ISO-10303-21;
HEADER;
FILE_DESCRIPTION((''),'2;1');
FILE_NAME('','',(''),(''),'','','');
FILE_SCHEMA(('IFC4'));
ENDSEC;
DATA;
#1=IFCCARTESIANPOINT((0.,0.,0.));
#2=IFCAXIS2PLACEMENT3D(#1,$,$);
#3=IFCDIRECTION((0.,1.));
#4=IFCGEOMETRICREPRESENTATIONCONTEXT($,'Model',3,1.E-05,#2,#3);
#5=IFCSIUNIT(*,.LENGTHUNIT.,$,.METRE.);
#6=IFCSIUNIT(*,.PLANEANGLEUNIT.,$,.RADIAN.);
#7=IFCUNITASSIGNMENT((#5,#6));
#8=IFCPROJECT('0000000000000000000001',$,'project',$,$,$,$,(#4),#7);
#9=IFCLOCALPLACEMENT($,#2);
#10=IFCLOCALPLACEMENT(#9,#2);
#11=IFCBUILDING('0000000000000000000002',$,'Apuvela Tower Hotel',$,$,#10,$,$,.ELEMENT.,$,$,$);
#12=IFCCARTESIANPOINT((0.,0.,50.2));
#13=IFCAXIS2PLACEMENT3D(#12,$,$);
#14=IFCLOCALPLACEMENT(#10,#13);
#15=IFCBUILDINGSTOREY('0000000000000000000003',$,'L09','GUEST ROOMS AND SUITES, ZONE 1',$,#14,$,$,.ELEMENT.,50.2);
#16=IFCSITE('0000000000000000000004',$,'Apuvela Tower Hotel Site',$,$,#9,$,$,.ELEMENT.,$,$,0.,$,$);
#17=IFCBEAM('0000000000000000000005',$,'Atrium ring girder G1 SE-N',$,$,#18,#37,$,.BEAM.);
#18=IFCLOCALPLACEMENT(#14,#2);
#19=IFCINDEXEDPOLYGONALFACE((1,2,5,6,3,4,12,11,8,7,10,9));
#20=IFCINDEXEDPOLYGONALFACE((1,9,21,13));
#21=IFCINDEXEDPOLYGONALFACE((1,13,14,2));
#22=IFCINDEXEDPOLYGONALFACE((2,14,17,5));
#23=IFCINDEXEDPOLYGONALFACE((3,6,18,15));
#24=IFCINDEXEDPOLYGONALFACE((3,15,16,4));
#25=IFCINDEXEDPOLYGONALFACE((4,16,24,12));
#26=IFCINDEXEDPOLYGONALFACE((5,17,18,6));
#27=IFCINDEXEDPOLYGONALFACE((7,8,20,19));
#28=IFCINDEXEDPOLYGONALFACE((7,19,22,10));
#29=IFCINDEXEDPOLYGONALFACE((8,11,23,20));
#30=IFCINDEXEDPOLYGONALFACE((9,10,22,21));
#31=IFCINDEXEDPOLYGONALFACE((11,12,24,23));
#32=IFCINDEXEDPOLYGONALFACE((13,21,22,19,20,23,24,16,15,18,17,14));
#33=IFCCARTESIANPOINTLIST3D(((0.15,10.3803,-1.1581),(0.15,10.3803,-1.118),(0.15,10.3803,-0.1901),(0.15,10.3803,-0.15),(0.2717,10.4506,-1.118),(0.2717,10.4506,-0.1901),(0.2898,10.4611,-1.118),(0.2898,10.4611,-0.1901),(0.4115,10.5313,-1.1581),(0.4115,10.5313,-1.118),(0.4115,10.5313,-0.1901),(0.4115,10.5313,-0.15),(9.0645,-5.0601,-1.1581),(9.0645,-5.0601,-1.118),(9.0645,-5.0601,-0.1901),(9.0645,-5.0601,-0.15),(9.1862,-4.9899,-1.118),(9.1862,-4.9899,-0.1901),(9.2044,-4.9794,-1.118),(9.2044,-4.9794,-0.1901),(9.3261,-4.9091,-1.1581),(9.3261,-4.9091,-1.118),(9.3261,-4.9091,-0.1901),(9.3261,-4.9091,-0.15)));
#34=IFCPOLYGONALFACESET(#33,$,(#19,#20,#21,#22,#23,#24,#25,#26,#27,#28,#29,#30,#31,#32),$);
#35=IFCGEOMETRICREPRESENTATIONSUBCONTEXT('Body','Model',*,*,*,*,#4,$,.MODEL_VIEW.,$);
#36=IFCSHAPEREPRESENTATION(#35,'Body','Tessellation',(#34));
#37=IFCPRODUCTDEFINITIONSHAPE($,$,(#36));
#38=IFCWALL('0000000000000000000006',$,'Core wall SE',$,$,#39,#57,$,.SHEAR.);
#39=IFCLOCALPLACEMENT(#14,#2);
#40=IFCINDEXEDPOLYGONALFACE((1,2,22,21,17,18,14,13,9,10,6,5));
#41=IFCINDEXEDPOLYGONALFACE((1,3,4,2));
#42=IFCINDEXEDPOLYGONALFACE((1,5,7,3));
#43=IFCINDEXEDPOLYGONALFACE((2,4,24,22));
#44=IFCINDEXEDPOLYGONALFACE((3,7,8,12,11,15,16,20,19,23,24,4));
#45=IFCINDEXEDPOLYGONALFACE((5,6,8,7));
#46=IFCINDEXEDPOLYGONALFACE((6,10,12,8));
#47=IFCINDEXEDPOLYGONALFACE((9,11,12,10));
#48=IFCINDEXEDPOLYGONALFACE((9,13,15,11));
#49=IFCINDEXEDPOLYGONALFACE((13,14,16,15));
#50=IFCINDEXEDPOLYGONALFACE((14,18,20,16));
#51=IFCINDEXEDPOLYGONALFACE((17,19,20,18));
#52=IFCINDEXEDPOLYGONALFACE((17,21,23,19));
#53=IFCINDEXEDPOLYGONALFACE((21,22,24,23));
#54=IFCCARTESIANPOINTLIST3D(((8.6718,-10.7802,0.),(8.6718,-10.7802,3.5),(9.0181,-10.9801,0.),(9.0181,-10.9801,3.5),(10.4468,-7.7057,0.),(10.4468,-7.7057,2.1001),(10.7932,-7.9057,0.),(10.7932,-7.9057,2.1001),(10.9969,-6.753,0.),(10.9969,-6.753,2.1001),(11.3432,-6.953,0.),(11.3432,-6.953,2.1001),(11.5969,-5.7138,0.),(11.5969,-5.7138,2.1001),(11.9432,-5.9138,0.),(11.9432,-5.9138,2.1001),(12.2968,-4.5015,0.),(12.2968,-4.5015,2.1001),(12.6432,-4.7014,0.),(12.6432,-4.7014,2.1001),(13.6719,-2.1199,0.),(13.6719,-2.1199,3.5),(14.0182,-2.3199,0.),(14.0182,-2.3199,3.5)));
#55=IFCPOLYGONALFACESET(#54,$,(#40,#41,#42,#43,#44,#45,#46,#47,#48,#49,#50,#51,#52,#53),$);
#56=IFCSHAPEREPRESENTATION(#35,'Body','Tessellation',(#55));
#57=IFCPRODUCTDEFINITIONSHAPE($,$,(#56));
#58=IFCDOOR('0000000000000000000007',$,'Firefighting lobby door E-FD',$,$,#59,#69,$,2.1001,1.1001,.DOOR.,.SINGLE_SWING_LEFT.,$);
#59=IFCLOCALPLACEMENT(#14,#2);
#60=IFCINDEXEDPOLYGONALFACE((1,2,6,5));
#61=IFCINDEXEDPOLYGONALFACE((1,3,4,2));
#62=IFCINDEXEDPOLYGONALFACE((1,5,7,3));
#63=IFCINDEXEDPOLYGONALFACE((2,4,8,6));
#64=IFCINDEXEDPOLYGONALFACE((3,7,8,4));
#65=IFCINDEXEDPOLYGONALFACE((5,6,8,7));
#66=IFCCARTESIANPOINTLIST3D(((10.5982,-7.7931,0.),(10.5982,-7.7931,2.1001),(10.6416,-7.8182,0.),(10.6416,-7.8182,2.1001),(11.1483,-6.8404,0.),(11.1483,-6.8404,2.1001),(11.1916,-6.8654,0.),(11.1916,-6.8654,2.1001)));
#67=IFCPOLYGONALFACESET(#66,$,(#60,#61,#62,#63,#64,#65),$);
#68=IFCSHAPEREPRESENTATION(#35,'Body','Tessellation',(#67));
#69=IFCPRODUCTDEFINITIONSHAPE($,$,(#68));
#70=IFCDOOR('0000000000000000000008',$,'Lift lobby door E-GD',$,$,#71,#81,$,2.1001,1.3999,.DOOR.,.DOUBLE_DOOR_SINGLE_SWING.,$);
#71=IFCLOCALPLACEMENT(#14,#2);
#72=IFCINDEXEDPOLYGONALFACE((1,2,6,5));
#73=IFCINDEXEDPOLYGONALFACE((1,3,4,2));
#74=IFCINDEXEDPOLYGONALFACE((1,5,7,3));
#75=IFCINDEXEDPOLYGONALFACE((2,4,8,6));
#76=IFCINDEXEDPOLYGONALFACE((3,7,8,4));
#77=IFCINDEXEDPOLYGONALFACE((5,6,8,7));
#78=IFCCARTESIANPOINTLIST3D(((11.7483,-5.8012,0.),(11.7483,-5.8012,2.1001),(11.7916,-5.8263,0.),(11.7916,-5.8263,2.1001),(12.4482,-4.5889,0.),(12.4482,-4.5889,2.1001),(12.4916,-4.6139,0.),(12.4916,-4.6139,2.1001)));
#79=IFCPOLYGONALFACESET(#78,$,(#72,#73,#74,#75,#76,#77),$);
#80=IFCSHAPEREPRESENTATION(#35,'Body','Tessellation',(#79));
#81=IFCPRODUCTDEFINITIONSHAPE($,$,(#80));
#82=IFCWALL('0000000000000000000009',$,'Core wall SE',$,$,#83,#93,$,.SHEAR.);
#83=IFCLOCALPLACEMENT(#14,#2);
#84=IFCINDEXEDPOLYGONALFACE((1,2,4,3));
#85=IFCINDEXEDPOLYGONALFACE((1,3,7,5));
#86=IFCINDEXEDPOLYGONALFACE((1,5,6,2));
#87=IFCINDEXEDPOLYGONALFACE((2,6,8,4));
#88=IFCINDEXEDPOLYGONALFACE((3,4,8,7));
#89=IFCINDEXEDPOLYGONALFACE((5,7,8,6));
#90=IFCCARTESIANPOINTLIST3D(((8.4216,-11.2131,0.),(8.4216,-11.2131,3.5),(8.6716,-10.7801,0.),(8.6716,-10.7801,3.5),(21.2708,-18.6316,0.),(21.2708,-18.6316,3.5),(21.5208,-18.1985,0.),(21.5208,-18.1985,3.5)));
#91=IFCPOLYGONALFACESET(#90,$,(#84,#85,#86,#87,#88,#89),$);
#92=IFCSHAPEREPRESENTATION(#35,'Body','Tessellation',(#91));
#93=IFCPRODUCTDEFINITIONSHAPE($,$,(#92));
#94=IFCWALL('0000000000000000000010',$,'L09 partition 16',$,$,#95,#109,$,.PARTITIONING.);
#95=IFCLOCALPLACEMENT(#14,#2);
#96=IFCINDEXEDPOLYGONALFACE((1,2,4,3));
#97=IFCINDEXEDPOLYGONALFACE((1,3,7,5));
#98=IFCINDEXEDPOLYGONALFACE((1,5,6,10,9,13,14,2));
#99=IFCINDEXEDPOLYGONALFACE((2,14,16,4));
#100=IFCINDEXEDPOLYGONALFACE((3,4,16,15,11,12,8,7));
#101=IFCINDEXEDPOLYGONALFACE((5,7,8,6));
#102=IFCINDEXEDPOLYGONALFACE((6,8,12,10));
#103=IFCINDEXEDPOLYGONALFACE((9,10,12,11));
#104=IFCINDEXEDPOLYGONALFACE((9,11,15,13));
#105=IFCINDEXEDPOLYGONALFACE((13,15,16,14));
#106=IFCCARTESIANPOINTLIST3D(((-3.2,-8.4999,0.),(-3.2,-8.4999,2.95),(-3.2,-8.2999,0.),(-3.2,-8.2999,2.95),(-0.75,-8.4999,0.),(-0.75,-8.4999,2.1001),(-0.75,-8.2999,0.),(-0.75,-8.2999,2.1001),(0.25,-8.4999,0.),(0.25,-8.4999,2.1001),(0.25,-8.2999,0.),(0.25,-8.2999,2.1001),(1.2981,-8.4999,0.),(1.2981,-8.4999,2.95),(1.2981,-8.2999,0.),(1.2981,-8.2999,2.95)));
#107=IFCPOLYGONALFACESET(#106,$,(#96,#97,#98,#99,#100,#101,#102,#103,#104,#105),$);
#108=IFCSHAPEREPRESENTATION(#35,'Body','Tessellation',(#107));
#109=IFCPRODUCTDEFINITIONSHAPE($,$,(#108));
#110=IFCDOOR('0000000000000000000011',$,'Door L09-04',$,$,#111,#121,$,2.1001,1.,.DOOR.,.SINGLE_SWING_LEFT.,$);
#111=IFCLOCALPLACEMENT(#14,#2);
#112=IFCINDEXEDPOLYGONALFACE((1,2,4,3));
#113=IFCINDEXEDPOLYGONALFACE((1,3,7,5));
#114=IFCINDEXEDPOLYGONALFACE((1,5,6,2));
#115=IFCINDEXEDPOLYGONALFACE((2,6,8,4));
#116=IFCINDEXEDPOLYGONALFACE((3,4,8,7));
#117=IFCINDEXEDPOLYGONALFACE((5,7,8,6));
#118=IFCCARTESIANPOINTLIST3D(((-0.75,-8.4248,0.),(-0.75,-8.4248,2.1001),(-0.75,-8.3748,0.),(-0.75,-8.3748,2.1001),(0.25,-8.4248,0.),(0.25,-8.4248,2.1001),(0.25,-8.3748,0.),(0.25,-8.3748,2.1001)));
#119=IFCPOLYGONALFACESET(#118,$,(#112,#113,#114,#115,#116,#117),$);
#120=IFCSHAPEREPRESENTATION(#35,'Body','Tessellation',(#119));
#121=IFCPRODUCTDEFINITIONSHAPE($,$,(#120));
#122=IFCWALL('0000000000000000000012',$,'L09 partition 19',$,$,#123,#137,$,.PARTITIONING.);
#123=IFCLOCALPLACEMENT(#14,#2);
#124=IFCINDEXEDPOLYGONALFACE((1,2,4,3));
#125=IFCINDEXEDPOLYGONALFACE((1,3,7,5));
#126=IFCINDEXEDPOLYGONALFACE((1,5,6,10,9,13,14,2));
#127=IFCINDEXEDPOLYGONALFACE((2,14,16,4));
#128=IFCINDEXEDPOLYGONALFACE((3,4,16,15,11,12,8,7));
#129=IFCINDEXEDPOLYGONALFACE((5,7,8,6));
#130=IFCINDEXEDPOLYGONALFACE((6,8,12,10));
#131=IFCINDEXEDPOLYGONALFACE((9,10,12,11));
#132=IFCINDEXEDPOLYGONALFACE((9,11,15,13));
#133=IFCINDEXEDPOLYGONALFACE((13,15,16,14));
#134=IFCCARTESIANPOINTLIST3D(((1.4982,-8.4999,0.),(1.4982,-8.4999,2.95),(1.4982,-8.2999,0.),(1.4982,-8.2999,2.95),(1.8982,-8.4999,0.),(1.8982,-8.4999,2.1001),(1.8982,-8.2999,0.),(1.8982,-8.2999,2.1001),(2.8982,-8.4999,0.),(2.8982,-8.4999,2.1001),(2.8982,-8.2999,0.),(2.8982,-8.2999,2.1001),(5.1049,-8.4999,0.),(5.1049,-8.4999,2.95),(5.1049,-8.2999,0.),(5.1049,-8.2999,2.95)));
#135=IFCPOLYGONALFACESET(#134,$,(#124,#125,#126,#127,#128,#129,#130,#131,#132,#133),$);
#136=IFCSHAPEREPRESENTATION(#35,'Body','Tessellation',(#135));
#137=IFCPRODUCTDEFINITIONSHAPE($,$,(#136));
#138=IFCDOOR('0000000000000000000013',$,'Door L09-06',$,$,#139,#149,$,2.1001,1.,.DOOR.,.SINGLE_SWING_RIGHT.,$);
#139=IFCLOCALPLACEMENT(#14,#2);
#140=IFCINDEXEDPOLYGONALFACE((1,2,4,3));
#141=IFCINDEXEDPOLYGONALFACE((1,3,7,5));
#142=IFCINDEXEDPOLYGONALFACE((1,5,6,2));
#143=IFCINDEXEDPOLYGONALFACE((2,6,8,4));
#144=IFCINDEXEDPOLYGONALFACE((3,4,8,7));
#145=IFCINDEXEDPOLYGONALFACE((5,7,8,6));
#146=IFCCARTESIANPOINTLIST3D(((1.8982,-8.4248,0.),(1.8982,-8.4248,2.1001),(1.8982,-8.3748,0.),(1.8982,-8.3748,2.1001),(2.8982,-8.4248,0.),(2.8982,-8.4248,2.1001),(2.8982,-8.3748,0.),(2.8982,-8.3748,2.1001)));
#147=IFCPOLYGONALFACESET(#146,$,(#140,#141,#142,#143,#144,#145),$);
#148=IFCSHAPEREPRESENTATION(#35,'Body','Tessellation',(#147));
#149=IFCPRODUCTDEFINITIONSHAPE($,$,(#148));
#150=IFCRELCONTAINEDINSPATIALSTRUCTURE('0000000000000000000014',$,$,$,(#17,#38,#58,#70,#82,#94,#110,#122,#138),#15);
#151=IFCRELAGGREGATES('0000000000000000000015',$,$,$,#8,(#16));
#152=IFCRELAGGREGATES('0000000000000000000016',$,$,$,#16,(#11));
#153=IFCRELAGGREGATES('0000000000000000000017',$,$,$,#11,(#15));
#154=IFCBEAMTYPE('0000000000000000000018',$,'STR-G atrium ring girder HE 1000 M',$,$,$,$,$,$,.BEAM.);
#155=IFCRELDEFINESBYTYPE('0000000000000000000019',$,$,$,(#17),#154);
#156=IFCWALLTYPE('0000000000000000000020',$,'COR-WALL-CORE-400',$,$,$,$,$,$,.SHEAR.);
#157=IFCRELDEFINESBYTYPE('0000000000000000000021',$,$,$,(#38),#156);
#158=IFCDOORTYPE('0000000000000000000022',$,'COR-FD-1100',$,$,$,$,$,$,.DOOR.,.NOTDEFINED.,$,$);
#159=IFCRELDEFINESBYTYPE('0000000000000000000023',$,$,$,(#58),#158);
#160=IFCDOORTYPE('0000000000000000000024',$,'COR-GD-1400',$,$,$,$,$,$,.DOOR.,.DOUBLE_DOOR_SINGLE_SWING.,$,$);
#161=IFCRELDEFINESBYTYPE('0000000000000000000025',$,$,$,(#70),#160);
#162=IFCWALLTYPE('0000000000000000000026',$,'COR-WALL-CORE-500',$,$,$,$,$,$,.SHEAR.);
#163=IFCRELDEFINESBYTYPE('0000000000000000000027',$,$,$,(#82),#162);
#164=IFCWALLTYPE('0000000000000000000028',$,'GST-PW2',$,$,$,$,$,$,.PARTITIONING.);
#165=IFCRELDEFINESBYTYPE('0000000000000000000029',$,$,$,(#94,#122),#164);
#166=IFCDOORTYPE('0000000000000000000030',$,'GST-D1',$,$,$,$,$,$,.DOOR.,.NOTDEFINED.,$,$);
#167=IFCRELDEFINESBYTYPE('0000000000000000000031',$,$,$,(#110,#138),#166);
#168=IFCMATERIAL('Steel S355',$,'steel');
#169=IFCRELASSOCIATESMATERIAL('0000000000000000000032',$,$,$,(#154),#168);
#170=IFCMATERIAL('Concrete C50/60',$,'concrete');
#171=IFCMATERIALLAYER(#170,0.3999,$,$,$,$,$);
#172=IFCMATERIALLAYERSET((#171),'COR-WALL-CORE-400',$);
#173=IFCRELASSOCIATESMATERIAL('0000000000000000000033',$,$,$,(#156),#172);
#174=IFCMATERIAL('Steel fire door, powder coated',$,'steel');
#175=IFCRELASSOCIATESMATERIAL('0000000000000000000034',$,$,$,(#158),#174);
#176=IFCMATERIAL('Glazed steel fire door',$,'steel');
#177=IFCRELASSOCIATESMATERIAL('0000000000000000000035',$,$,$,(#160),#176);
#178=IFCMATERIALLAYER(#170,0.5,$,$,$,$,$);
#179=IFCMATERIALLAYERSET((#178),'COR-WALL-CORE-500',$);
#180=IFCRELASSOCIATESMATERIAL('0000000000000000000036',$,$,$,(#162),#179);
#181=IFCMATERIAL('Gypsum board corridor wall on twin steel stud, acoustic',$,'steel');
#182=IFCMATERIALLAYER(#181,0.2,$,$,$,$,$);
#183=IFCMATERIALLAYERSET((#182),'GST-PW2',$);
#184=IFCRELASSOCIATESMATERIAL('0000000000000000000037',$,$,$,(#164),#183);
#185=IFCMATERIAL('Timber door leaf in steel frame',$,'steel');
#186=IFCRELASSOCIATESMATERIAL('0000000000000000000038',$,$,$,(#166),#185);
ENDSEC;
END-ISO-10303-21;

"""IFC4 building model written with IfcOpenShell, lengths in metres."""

from ifc_helpers import new_model, si_unit, direction, frame, frame_2d, origin, origin_2d, place, context, subcontext, project, spatial, rectangle, i_section, extrude, material, layer, layer_set, material_profile, profile_set, type_object, element, fill, save


model = new_model("IFC4")

# Units and contexts
model_context = context("Model", 3, precision=1e-05, world=origin(), true_north=direction((0.0, 1.0)))
body_context = subcontext(model_context, "Body", "Model", "MODEL_VIEW")
ifc_project = project(units=[si_unit("LENGTHUNIT", "METRE"), si_unit("PLANEANGLEUNIT", "RADIAN")], contexts=[model_context])

# Site, building, storey
site_placement = place(None, origin())
site = spatial("IfcSite", under=ifc_project, at=site_placement, Name="Apuvela Tower Hotel Site", CompositionType="ELEMENT", RefElevation=0.0)
building_placement = place(site_placement, origin())
building = spatial("IfcBuilding", under=site, at=building_placement, Name="Apuvela Tower Hotel", CompositionType="ELEMENT")
storey_placement = place(building_placement, frame((0.0, 0.0, 50.2)))
storey = spatial("IfcBuildingStorey", under=building, at=storey_placement, Name="L09", Description="GUEST ROOMS AND SUITES, ZONE 1", CompositionType="ELEMENT", Elevation=50.2)

# Beam
ifc_material_1 = material(Name="Steel S355", Category="steel")
ifc_material_profile = material_profile(ifc_material_1, i_section(OverallWidth=0.302, OverallDepth=1.0081, WebThickness=0.021, FlangeThickness=0.04, at=origin_2d()), Name="HE 1000 M")
ifc_profile_set = profile_set([ifc_material_profile], Name="Steel S355")
beam_type = type_object("IfcBeamType", Name="STR-G atrium ring girder HE 1000 M", PredefinedType="BEAM", material=ifc_profile_set)
beam_placement = place(storey_placement, frame((9.1953, -4.9846, -0.6541), z_axis=(-0.500001, 0.866025, 0.0), x_axis=(-0.866025, -0.500001, 0.0)))
element("IfcBeam", 1, at=beam_placement, inside=storey, type_object=beam_type, Name="Atrium ring girder G1 SE-N", PredefinedType="BEAM", context=body_context, shape_type="SweptSolid", body=[
    extrude(i_section(OverallWidth=0.302, OverallDepth=1.0081, WebThickness=0.021, FlangeThickness=0.04, at=origin_2d()), origin(), (0.0, 0.0, 1.0), 17.8291),
])

# Wall, openings, doors
ifc_material_2 = material(Name="Concrete C50/60", Category="concrete")
ifc_layer_1 = layer(ifc_material_2, 0.3999)
ifc_layer_set_1 = layer_set([ifc_layer_1], Name="COR-WALL-CORE-400")
wall_type_1 = type_object("IfcWallType", Name="COR-WALL-CORE-400", PredefinedType="SHEAR", material=ifc_layer_set_1)
wall_1_placement = place(storey_placement, frame((8.845, -10.8801, 0.0), z_axis=(0.0, 0.0, 1.0), x_axis=(0.500004, 0.866023, 0.0)))
wall_1 = element("IfcWall", 2, at=wall_1_placement, inside=storey, type_object=wall_type_1, Name="Core wall SE", PredefinedType="SHEAR", context=body_context, shape_type="SweptSolid", body=[
    extrude(rectangle(XDim=10.0, YDim=0.3999, at=frame_2d((5.0, 0.0))), origin(), (0.0, 0.0, 1.0), 3.5),
])
opening_1_placement = place(wall_1_placement, frame((3.55, 0.0, 0.0)))
opening_1 = element("IfcOpeningElement", 3, at=opening_1_placement, cuts=wall_1, PredefinedType="OPENING", context=body_context, shape_type="SweptSolid", body=[
    extrude(rectangle(XDim=1.1001, YDim=2.1001, at=frame_2d((0.55, 1.05))), frame((0.0, 0.21, 0.0), z_axis=(0.0, -1.0, 0.0), x_axis=(1.0, 0.0, 0.0)), (0.0, 0.0, 1.0), 0.4199),
])
opening_2_placement = place(wall_1_placement, frame((5.8501, 0.0, 0.0)))
opening_2 = element("IfcOpeningElement", 4, at=opening_2_placement, cuts=wall_1, PredefinedType="OPENING", context=body_context, shape_type="SweptSolid", body=[
    extrude(rectangle(XDim=1.3999, YDim=2.1001, at=frame_2d((0.7, 1.05))), frame((0.0, 0.21, 0.0), z_axis=(0.0, -1.0, 0.0), x_axis=(1.0, 0.0, 0.0)), (0.0, 0.0, 1.0), 0.4199),
])
ifc_material_3 = material(Name="Steel fire door, powder coated", Category="steel")
door_type_1 = type_object("IfcDoorType", Name="COR-FD-1100", OperationType="NOTDEFINED", PredefinedType="DOOR", material=ifc_material_3)
door_1_placement = place(opening_1_placement, frame((1.1001, 0.0, 0.0), z_axis=(0.0, 0.0, 1.0), x_axis=(-1.0, 0.0, 0.0)))
door_1 = element("IfcDoor", 5, at=door_1_placement, inside=storey, type_object=door_type_1, Name="Firefighting lobby door E-FD", OperationType="SINGLE_SWING_LEFT", OverallHeight=2.1001, OverallWidth=1.1001, PredefinedType="DOOR", context=body_context, shape_type="SweptSolid", body=[
    extrude(rectangle(XDim=1.1001, YDim=2.1001, at=frame_2d((0.55, 1.05))), frame((0.0, 0.0249, 0.0), z_axis=(0.0, -1.0, 0.0), x_axis=(1.0, 0.0, 0.0)), (0.0, 0.0, 1.0), 0.05),
])
fill(opening_1, door_1)
ifc_material_4 = material(Name="Glazed steel fire door", Category="steel")
door_type_2 = type_object("IfcDoorType", Name="COR-GD-1400", OperationType="DOUBLE_DOOR_SINGLE_SWING", PredefinedType="DOOR", material=ifc_material_4)
door_2_placement = place(opening_2_placement, frame((1.3999, 0.0, 0.0), z_axis=(0.0, 0.0, 1.0), x_axis=(-1.0, 0.0, 0.0)))
door_2 = element("IfcDoor", 6, at=door_2_placement, inside=storey, type_object=door_type_2, Name="Lift lobby door E-GD", OperationType="DOUBLE_DOOR_SINGLE_SWING", OverallHeight=2.1001, OverallWidth=1.3999, PredefinedType="DOOR", context=body_context, shape_type="SweptSolid", body=[
    extrude(rectangle(XDim=1.3999, YDim=2.1001, at=frame_2d((0.7, 1.05))), frame((0.0, 0.0249, 0.0), z_axis=(0.0, -1.0, 0.0), x_axis=(1.0, 0.0, 0.0)), (0.0, 0.0, 1.0), 0.05),
])
fill(opening_2, door_2)

# Wall
ifc_layer_2 = layer(ifc_material_2, 0.5)
ifc_layer_set_2 = layer_set([ifc_layer_2], Name="COR-WALL-CORE-500")
wall_type_2 = type_object("IfcWallType", Name="COR-WALL-CORE-500", PredefinedType="SHEAR", material=ifc_layer_set_2)
wall_2_placement = place(storey_placement, frame((8.5466, -10.9966, 0.0), z_axis=(0.0, 0.0, 1.0), x_axis=(0.866025, -0.500001, 0.0)))
element("IfcWall", 7, at=wall_2_placement, inside=storey, type_object=wall_type_2, Name="Core wall SE", PredefinedType="SHEAR", context=body_context, shape_type="SweptSolid", body=[
    extrude(rectangle(XDim=14.8369, YDim=0.5, at=frame_2d((7.4185, 0.0))), origin(), (0.0, 0.0, 1.0), 3.5),
])

# Walls, openings, doors
ifc_material_5 = material(Name="Gypsum board corridor wall on twin steel stud, acoustic", Category="steel")
ifc_layer_3 = layer(ifc_material_5, 0.2)
ifc_layer_set_3 = layer_set([ifc_layer_3], Name="GST-PW2")
wall_type_3 = type_object("IfcWallType", Name="GST-PW2", PredefinedType="PARTITIONING", material=ifc_layer_set_3)
wall_3_placement = place(storey_placement, frame((1.2981, -8.3999, 0.0), z_axis=(0.0, 0.0, 1.0), x_axis=(-1.0, 0.0, 0.0)))
wall_3 = element("IfcWall", 8, at=wall_3_placement, inside=storey, type_object=wall_type_3, Name="L09 partition 16", PredefinedType="PARTITIONING", context=body_context, shape_type="SweptSolid", body=[
    extrude(rectangle(XDim=4.498, YDim=0.2, at=frame_2d((2.249, 0.0))), origin(), (0.0, 0.0, 1.0), 2.95),
])
opening_3_placement = place(wall_3_placement, frame((1.0481, 0.0, 0.0)))
opening_3 = element("IfcOpeningElement", 9, at=opening_3_placement, cuts=wall_3, PredefinedType="OPENING", context=body_context, shape_type="SweptSolid", body=[
    extrude(rectangle(XDim=1.0, YDim=2.1001, at=frame_2d((0.5, 1.05))), frame((0.0, 0.1099, 0.0), z_axis=(0.0, -1.0, 0.0), x_axis=(1.0, 0.0, 0.0)), (0.0, 0.0, 1.0), 0.22),
])
ifc_material_6 = material(Name="Timber door leaf in steel frame", Category="steel")
door_type_3 = type_object("IfcDoorType", Name="GST-D1", OperationType="NOTDEFINED", PredefinedType="DOOR", material=ifc_material_6)
door_3_placement = place(opening_3_placement, origin())
door_3 = element("IfcDoor", 10, at=door_3_placement, inside=storey, type_object=door_type_3, Name="Door L09-04", OperationType="SINGLE_SWING_LEFT", OverallHeight=2.1001, OverallWidth=1.0, PredefinedType="DOOR", context=body_context, shape_type="SweptSolid", body=[
    extrude(rectangle(XDim=1.0, YDim=2.1001, at=frame_2d((0.5, 1.05))), frame((0.0, 0.0249, 0.0), z_axis=(0.0, -1.0, 0.0), x_axis=(1.0, 0.0, 0.0)), (0.0, 0.0, 1.0), 0.05),
])
fill(opening_3, door_3)
wall_4_placement = place(storey_placement, frame((5.1047, -8.3999, 0.0), z_axis=(0.0, 0.0, 1.0), x_axis=(-1.0, 0.0, 0.0)))
wall_4 = element("IfcWall", 11, at=wall_4_placement, inside=storey, type_object=wall_type_3, Name="L09 partition 19", PredefinedType="PARTITIONING", context=body_context, shape_type="SweptSolid", body=[
    extrude(rectangle(XDim=3.6067, YDim=0.2, at=frame_2d((1.8032, 0.0))), origin(), (0.0, 0.0, 1.0), 2.95),
])
opening_4_placement = place(wall_4_placement, frame((2.2065, 0.0, 0.0)))
opening_4 = element("IfcOpeningElement", 12, at=opening_4_placement, cuts=wall_4, PredefinedType="OPENING", context=body_context, shape_type="SweptSolid", body=[
    extrude(rectangle(XDim=1.0, YDim=2.1001, at=frame_2d((0.5, 1.05))), frame((0.0, 0.1099, 0.0), z_axis=(0.0, -1.0, 0.0), x_axis=(1.0, 0.0, 0.0)), (0.0, 0.0, 1.0), 0.22),
])
door_4_placement = place(opening_4_placement, origin())
door_4 = element("IfcDoor", 13, at=door_4_placement, inside=storey, type_object=door_type_3, Name="Door L09-06", OperationType="SINGLE_SWING_RIGHT", OverallHeight=2.1001, OverallWidth=1.0, PredefinedType="DOOR", context=body_context, shape_type="SweptSolid", body=[
    extrude(rectangle(XDim=1.0, YDim=2.1001, at=frame_2d((0.5, 1.05))), frame((0.0, 0.0249, 0.0), z_axis=(0.0, -1.0, 0.0), x_axis=(1.0, 0.0, 0.0)), (0.0, 0.0, 1.0), 0.05),
])
fill(opening_4, door_4)

save(model, "model.ifc")
